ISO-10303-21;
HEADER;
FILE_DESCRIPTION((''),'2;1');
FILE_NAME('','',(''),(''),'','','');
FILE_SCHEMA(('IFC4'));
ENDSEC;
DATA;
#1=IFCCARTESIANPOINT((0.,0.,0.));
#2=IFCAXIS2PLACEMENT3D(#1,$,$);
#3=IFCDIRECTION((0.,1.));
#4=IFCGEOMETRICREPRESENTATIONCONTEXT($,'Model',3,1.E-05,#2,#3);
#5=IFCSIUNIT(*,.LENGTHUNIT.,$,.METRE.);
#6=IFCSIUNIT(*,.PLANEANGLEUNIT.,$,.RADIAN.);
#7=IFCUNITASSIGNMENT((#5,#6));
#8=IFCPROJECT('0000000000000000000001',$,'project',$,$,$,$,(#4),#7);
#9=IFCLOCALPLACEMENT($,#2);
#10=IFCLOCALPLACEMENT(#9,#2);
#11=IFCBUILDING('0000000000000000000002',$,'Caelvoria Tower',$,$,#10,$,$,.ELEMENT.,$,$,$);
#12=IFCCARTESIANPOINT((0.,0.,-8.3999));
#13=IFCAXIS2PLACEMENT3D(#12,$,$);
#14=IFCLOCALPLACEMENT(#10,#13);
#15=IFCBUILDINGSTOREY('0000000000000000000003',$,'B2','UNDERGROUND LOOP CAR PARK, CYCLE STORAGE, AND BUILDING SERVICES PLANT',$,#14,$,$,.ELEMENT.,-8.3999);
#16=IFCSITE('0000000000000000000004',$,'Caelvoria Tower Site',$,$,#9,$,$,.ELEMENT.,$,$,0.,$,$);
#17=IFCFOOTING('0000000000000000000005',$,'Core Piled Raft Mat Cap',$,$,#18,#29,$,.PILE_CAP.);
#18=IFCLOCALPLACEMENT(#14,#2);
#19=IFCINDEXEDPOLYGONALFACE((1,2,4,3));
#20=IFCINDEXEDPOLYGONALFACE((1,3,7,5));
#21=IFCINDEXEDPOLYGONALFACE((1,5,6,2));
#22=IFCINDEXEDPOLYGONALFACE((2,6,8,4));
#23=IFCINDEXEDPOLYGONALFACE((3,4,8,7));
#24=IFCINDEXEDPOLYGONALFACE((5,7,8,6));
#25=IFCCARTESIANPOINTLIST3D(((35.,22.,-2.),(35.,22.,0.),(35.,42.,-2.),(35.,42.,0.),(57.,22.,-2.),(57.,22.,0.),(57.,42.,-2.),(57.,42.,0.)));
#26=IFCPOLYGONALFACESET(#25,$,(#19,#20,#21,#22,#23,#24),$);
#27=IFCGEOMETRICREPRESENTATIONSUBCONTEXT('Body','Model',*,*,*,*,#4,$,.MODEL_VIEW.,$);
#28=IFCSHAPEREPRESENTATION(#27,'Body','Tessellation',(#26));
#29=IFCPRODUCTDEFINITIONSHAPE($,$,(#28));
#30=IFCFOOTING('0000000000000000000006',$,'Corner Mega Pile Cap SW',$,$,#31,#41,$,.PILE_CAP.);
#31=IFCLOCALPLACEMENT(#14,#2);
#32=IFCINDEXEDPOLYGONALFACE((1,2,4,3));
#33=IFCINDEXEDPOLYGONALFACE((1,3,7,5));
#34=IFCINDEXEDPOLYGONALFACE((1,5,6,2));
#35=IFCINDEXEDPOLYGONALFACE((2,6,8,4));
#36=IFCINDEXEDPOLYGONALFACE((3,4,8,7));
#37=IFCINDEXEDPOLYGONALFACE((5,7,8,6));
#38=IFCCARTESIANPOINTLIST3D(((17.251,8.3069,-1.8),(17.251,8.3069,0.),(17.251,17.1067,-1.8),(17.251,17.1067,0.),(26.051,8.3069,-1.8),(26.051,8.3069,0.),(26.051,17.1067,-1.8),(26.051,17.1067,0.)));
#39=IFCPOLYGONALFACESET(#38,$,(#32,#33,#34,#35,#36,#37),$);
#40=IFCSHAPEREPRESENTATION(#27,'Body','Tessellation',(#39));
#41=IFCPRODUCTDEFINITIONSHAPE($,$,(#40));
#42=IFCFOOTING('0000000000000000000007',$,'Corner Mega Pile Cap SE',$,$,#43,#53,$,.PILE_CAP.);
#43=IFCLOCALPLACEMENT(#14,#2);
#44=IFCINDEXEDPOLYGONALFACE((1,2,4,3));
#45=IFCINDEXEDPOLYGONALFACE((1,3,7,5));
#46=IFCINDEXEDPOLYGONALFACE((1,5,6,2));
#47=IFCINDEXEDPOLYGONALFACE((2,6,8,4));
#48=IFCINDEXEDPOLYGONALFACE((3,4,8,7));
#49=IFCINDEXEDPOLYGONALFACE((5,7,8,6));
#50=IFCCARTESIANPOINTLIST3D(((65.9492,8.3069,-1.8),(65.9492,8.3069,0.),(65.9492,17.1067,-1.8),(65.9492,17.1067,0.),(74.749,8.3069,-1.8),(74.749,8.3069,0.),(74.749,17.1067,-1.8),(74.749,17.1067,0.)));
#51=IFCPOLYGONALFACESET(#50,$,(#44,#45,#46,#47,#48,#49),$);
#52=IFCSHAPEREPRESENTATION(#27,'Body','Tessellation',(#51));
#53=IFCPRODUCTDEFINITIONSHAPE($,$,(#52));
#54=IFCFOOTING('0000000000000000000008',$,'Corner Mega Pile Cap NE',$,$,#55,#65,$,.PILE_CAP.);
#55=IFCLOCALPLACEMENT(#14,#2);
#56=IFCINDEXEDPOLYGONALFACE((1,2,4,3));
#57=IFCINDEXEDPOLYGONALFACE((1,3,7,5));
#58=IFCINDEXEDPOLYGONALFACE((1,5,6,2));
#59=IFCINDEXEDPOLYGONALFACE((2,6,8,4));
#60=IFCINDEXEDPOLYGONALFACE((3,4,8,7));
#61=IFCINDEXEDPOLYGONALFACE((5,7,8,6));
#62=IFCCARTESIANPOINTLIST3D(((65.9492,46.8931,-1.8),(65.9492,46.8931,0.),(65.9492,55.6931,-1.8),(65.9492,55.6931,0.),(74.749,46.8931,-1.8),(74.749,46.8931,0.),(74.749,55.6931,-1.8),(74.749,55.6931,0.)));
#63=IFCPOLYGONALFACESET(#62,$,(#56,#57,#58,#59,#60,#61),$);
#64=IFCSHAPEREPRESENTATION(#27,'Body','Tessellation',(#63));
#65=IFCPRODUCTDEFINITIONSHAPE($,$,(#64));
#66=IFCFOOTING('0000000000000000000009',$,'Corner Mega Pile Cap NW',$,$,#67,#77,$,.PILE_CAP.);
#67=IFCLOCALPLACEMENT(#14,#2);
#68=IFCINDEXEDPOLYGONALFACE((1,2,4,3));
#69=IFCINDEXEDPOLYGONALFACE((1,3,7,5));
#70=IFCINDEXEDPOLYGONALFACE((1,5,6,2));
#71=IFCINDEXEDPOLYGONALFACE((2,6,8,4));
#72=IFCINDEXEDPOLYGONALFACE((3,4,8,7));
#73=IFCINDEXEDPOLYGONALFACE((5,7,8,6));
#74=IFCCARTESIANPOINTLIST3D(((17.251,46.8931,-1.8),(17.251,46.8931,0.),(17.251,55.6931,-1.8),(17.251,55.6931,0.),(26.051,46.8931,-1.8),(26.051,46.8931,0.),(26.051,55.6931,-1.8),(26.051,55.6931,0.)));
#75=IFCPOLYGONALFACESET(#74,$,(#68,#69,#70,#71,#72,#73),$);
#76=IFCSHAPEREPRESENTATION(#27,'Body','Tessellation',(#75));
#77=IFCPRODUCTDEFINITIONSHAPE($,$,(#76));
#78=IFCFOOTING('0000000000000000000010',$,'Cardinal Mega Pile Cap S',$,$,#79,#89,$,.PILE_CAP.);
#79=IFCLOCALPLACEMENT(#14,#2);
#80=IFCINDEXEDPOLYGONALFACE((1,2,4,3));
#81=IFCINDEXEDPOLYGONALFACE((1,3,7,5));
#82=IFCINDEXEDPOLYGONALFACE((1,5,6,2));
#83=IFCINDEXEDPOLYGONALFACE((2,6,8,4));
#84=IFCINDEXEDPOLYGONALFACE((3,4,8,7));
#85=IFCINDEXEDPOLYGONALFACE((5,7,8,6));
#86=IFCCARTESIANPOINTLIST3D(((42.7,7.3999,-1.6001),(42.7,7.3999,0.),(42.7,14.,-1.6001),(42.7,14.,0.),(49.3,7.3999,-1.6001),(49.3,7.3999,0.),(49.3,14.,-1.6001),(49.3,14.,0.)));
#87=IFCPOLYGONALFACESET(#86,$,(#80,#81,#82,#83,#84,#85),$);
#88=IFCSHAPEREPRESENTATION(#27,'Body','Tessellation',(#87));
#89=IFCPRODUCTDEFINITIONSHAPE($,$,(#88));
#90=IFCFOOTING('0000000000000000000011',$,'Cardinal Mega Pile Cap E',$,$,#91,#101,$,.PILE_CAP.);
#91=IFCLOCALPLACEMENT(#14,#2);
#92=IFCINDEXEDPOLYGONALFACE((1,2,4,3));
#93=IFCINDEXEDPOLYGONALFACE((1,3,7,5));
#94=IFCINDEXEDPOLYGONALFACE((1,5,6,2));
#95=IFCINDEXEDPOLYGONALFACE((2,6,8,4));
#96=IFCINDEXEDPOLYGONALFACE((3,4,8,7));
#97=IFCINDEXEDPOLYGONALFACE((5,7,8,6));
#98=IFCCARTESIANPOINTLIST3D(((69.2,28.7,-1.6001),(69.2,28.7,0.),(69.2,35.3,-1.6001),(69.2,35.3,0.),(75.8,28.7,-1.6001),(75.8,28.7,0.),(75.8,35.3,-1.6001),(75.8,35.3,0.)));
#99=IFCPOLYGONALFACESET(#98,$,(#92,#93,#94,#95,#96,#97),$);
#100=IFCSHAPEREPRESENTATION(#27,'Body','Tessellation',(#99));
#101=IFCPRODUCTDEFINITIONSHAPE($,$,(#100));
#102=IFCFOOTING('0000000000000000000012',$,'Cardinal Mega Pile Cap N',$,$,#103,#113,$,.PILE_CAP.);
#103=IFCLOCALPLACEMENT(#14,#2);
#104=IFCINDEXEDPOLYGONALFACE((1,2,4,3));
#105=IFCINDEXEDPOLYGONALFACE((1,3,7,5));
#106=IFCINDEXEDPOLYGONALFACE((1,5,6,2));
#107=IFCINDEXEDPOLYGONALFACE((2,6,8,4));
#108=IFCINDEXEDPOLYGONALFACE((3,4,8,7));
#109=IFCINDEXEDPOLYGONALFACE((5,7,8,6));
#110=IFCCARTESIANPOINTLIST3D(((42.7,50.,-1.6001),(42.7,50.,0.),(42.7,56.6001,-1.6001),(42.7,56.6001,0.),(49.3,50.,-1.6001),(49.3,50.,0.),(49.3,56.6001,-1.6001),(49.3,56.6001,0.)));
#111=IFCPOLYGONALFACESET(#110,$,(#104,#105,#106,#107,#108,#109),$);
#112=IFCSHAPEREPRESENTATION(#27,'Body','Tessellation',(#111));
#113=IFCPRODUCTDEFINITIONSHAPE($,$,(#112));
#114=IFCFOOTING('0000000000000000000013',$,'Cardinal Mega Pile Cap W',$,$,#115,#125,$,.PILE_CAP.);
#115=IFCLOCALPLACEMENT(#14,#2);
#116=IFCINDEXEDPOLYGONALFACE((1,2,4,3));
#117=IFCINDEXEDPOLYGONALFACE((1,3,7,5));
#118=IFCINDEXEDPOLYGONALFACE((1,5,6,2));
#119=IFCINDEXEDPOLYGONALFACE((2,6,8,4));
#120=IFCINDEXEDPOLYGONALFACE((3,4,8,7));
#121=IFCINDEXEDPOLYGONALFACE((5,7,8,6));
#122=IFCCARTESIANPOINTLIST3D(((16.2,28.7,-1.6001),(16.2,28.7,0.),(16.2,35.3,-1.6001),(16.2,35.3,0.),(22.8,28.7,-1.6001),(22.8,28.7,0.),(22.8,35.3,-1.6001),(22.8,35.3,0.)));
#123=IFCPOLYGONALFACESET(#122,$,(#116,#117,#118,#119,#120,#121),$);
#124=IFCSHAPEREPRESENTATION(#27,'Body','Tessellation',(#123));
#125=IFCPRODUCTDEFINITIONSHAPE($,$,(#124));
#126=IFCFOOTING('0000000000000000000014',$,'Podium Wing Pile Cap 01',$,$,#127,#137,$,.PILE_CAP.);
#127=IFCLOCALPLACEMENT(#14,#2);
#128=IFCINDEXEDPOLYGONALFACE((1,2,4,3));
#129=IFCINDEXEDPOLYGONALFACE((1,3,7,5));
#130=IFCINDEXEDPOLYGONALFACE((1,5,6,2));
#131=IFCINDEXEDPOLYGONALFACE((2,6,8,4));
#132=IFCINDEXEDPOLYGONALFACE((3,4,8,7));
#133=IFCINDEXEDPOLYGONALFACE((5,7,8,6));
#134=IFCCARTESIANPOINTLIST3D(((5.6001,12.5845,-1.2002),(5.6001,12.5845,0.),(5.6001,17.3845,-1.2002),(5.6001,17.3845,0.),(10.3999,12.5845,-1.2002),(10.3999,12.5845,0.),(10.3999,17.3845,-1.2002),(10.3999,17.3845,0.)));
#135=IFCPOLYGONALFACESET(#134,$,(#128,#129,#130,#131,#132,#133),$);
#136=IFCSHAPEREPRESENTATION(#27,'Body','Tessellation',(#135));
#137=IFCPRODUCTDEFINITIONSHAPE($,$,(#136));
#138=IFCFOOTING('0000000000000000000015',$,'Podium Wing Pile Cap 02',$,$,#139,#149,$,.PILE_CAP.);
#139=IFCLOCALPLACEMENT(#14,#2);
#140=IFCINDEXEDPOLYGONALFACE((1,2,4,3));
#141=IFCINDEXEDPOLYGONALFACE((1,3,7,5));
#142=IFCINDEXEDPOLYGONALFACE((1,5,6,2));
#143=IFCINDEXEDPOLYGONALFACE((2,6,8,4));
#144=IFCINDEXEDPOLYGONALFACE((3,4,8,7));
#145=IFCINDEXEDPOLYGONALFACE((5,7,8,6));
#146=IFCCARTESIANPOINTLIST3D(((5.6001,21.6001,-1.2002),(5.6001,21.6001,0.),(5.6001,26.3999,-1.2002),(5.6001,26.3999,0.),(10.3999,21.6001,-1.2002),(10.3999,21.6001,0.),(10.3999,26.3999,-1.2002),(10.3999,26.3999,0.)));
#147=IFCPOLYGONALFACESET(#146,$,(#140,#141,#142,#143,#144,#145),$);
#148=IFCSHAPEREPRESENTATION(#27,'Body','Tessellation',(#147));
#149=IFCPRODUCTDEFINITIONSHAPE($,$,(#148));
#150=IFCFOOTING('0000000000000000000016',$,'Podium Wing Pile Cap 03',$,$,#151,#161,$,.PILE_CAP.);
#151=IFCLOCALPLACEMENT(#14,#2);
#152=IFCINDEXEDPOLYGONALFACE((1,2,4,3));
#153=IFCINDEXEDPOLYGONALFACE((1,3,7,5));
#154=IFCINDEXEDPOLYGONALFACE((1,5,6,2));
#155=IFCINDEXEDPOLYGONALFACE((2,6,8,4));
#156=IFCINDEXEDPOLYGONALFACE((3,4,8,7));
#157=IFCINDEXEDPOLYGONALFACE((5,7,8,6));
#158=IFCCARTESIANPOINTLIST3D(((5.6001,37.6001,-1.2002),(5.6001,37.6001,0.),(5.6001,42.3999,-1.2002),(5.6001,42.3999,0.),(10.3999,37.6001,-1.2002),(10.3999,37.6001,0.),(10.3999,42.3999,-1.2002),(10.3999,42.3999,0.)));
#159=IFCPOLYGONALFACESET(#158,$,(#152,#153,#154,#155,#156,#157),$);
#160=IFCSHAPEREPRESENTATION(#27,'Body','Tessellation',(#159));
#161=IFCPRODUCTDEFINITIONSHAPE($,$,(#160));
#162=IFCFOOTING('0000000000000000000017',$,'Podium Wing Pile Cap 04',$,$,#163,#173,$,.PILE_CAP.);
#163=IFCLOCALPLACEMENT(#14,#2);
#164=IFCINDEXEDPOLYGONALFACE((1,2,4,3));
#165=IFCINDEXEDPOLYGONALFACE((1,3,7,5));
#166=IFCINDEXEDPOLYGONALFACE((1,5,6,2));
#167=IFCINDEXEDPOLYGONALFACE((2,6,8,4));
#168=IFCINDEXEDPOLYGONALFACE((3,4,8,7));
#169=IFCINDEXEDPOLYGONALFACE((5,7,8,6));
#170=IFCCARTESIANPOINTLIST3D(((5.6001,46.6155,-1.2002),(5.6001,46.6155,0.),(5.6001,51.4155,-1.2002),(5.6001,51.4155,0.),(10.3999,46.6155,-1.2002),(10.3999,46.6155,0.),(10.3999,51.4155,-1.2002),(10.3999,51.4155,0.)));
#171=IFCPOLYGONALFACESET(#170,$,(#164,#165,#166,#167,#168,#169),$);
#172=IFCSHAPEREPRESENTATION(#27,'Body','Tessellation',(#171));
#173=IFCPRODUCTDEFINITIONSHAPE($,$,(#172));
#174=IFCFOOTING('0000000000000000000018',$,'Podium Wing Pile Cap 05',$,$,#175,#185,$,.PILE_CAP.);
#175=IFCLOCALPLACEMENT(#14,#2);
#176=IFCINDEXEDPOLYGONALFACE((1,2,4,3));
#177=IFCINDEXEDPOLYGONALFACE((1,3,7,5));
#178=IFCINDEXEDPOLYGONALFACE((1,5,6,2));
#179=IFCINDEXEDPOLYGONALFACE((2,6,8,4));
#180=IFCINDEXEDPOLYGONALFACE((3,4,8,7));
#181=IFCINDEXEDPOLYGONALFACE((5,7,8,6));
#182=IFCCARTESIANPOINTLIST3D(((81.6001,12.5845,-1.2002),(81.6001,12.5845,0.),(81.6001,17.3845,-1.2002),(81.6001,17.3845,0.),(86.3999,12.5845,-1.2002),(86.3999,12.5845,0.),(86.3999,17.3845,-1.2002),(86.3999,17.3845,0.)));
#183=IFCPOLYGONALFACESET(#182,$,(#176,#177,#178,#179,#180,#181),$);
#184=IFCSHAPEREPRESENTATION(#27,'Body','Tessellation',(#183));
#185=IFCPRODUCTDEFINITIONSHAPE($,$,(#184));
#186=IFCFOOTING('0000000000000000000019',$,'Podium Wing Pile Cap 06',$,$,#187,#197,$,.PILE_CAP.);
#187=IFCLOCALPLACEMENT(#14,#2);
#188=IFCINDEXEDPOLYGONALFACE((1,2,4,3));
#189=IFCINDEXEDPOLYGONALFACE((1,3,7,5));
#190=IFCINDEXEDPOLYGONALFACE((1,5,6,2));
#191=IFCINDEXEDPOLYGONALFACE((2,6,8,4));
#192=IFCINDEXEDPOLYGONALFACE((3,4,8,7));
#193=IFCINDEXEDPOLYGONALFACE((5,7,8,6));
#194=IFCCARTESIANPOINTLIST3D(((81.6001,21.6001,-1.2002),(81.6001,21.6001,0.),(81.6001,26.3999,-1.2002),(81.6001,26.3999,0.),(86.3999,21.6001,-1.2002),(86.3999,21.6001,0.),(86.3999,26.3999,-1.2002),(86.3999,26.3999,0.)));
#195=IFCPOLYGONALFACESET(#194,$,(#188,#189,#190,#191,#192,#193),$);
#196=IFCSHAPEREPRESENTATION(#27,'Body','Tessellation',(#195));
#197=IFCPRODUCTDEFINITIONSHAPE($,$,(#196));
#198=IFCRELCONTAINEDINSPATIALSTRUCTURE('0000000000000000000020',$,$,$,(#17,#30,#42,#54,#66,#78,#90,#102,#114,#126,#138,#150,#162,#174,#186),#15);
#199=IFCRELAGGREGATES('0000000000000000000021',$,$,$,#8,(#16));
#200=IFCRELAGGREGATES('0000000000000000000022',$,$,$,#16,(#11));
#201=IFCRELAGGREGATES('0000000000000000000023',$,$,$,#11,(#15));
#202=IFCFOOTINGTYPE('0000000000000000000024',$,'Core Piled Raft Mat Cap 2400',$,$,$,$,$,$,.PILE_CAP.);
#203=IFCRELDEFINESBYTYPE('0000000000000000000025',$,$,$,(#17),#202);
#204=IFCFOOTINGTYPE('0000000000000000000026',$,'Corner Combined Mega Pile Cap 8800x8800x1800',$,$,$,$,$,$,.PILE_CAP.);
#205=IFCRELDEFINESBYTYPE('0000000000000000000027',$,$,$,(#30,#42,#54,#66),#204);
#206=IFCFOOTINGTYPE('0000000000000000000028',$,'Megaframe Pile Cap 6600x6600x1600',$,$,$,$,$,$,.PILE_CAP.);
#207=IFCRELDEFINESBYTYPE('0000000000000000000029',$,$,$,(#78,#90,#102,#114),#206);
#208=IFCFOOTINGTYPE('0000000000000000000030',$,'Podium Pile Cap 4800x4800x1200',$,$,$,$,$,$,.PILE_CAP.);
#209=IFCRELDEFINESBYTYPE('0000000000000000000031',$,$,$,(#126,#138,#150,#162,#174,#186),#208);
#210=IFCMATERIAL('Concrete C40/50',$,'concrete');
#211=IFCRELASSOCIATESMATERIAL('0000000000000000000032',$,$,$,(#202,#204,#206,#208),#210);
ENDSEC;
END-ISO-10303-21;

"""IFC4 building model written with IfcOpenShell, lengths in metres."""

from ifc_helpers import new_model, si_unit, direction, frame, origin, place, context, subcontext, project, spatial, polyline, outline, extrude, material, type_object, element, save


model = new_model("IFC4")

# Units and contexts
model_context = context("Model", 3, precision=1e-05, world=origin(), true_north=direction((0.0, 1.0)))
body_context = subcontext(model_context, "Body", "Model", "MODEL_VIEW")
ifc_project = project(units=[si_unit("LENGTHUNIT", "METRE"), si_unit("PLANEANGLEUNIT", "RADIAN")], contexts=[model_context])

# Site, building, storey
site_placement = place(None, origin())
site = spatial("IfcSite", under=ifc_project, at=site_placement, Name="Caelvoria Tower Site", CompositionType="ELEMENT", RefElevation=0.0)
building_placement = place(site_placement, origin())
building = spatial("IfcBuilding", under=site, at=building_placement, Name="Caelvoria Tower", CompositionType="ELEMENT")
storey_placement = place(building_placement, frame((0.0, 0.0, -8.3999)))
storey = spatial("IfcBuildingStorey", under=building, at=storey_placement, Name="B2", Description="UNDERGROUND LOOP CAR PARK, CYCLE STORAGE, AND BUILDING SERVICES PLANT", CompositionType="ELEMENT", Elevation=-8.3999)

# Footings
ifc_material = material(Name="Concrete C40/50", Category="concrete")
footing_type_1 = type_object("IfcFootingType", Name="Core Piled Raft Mat Cap 2400", PredefinedType="PILE_CAP", material=ifc_material)
footing_1_placement = place(storey_placement, frame((0.0, 0.0, -2.0)))
element("IfcFooting", 1, at=footing_1_placement, inside=storey, type_object=footing_type_1, Name="Core Piled Raft Mat Cap", PredefinedType="PILE_CAP", context=body_context, shape_type="SweptSolid", body=[
    extrude(outline(polyline([(35.0, 22.0), (57.0, 22.0), (57.0, 42.0), (35.0, 42.0), (35.0, 22.0)])), origin(), (0.0, 0.0, 1.0), 2.0),
])
footing_type_2 = type_object("IfcFootingType", Name="Corner Combined Mega Pile Cap 8800x8800x1800", PredefinedType="PILE_CAP", material=ifc_material)
footing_2_placement = place(storey_placement, frame((0.0, 0.0, -1.8)))
element("IfcFooting", 2, at=footing_2_placement, inside=storey, type_object=footing_type_2, Name="Corner Mega Pile Cap SW", PredefinedType="PILE_CAP", context=body_context, shape_type="SweptSolid", body=[
    extrude(outline(polyline([(17.251, 8.3069), (26.051, 8.3069), (26.051, 17.1067), (17.251, 17.1067), (17.251, 8.3069)])), origin(), (0.0, 0.0, 1.0), 1.8),
])
footing_3_placement = place(storey_placement, frame((0.0, 0.0, -1.8)))
element("IfcFooting", 3, at=footing_3_placement, inside=storey, type_object=footing_type_2, Name="Corner Mega Pile Cap SE", PredefinedType="PILE_CAP", context=body_context, shape_type="SweptSolid", body=[
    extrude(outline(polyline([(65.9492, 8.3069), (74.749, 8.3069), (74.749, 17.1067), (65.9492, 17.1067), (65.9492, 8.3069)])), origin(), (0.0, 0.0, 1.0), 1.8),
])
footing_4_placement = place(storey_placement, frame((0.0, 0.0, -1.8)))
element("IfcFooting", 4, at=footing_4_placement, inside=storey, type_object=footing_type_2, Name="Corner Mega Pile Cap NE", PredefinedType="PILE_CAP", context=body_context, shape_type="SweptSolid", body=[
    extrude(outline(polyline([(65.9492, 46.8931), (74.749, 46.8931), (74.749, 55.6931), (65.9492, 55.6931), (65.9492, 46.8931)])), origin(), (0.0, 0.0, 1.0), 1.8),
])
footing_5_placement = place(storey_placement, frame((0.0, 0.0, -1.8)))
element("IfcFooting", 5, at=footing_5_placement, inside=storey, type_object=footing_type_2, Name="Corner Mega Pile Cap NW", PredefinedType="PILE_CAP", context=body_context, shape_type="SweptSolid", body=[
    extrude(outline(polyline([(17.251, 46.8931), (26.051, 46.8931), (26.051, 55.6931), (17.251, 55.6931), (17.251, 46.8931)])), origin(), (0.0, 0.0, 1.0), 1.8),
])
footing_type_3 = type_object("IfcFootingType", Name="Megaframe Pile Cap 6600x6600x1600", PredefinedType="PILE_CAP", material=ifc_material)
footing_6_placement = place(storey_placement, frame((0.0, 0.0, -1.6001)))
element("IfcFooting", 6, at=footing_6_placement, inside=storey, type_object=footing_type_3, Name="Cardinal Mega Pile Cap S", PredefinedType="PILE_CAP", context=body_context, shape_type="SweptSolid", body=[
    extrude(outline(polyline([(42.7, 7.3999), (49.3, 7.3999), (49.3, 14.0), (42.7, 14.0), (42.7, 7.3999)])), origin(), (0.0, 0.0, 1.0), 1.6001),
])
footing_7_placement = place(storey_placement, frame((0.0, 0.0, -1.6001)))
element("IfcFooting", 7, at=footing_7_placement, inside=storey, type_object=footing_type_3, Name="Cardinal Mega Pile Cap E", PredefinedType="PILE_CAP", context=body_context, shape_type="SweptSolid", body=[
    extrude(outline(polyline([(69.2, 28.7), (75.8, 28.7), (75.8, 35.3), (69.2, 35.3), (69.2, 28.7)])), origin(), (0.0, 0.0, 1.0), 1.6001),
])
footing_8_placement = place(storey_placement, frame((0.0, 0.0, -1.6001)))
element("IfcFooting", 8, at=footing_8_placement, inside=storey, type_object=footing_type_3, Name="Cardinal Mega Pile Cap N", PredefinedType="PILE_CAP", context=body_context, shape_type="SweptSolid", body=[
    extrude(outline(polyline([(42.7, 50.0), (49.3, 50.0), (49.3, 56.6001), (42.7, 56.6001), (42.7, 50.0)])), origin(), (0.0, 0.0, 1.0), 1.6001),
])
footing_9_placement = place(storey_placement, frame((0.0, 0.0, -1.6001)))
element("IfcFooting", 9, at=footing_9_placement, inside=storey, type_object=footing_type_3, Name="Cardinal Mega Pile Cap W", PredefinedType="PILE_CAP", context=body_context, shape_type="SweptSolid", body=[
    extrude(outline(polyline([(16.2, 28.7), (22.8, 28.7), (22.8, 35.3), (16.2, 35.3), (16.2, 28.7)])), origin(), (0.0, 0.0, 1.0), 1.6001),
])
footing_type_4 = type_object("IfcFootingType", Name="Podium Pile Cap 4800x4800x1200", PredefinedType="PILE_CAP", material=ifc_material)
footing_10_placement = place(storey_placement, frame((0.0, 0.0, -1.2002)))
element("IfcFooting", 10, at=footing_10_placement, inside=storey, type_object=footing_type_4, Name="Podium Wing Pile Cap 01", PredefinedType="PILE_CAP", context=body_context, shape_type="SweptSolid", body=[
    extrude(outline(polyline([(5.6001, 12.5845), (10.3999, 12.5845), (10.3999, 17.3845), (5.6001, 17.3845), (5.6001, 12.5845)])), origin(), (0.0, 0.0, 1.0), 1.2002),
])
footing_11_placement = place(storey_placement, frame((0.0, 0.0, -1.2002)))
element("IfcFooting", 11, at=footing_11_placement, inside=storey, type_object=footing_type_4, Name="Podium Wing Pile Cap 02", PredefinedType="PILE_CAP", context=body_context, shape_type="SweptSolid", body=[
    extrude(outline(polyline([(5.6001, 21.6001), (10.3999, 21.6001), (10.3999, 26.3999), (5.6001, 26.3999), (5.6001, 21.6001)])), origin(), (0.0, 0.0, 1.0), 1.2002),
])
footing_12_placement = place(storey_placement, frame((0.0, 0.0, -1.2002)))
element("IfcFooting", 12, at=footing_12_placement, inside=storey, type_object=footing_type_4, Name="Podium Wing Pile Cap 03", PredefinedType="PILE_CAP", context=body_context, shape_type="SweptSolid", body=[
    extrude(outline(polyline([(5.6001, 37.6001), (10.3999, 37.6001), (10.3999, 42.3999), (5.6001, 42.3999), (5.6001, 37.6001)])), origin(), (0.0, 0.0, 1.0), 1.2002),
])
footing_13_placement = place(storey_placement, frame((0.0, 0.0, -1.2002)))
element("IfcFooting", 13, at=footing_13_placement, inside=storey, type_object=footing_type_4, Name="Podium Wing Pile Cap 04", PredefinedType="PILE_CAP", context=body_context, shape_type="SweptSolid", body=[
    extrude(outline(polyline([(5.6001, 46.6155), (10.3999, 46.6155), (10.3999, 51.4155), (5.6001, 51.4155), (5.6001, 46.6155)])), origin(), (0.0, 0.0, 1.0), 1.2002),
])
footing_14_placement = place(storey_placement, frame((0.0, 0.0, -1.2002)))
element("IfcFooting", 14, at=footing_14_placement, inside=storey, type_object=footing_type_4, Name="Podium Wing Pile Cap 05", PredefinedType="PILE_CAP", context=body_context, shape_type="SweptSolid", body=[
    extrude(outline(polyline([(81.6001, 12.5845), (86.3999, 12.5845), (86.3999, 17.3845), (81.6001, 17.3845), (81.6001, 12.5845)])), origin(), (0.0, 0.0, 1.0), 1.2002),
])
footing_15_placement = place(storey_placement, frame((0.0, 0.0, -1.2002)))
element("IfcFooting", 15, at=footing_15_placement, inside=storey, type_object=footing_type_4, Name="Podium Wing Pile Cap 06", PredefinedType="PILE_CAP", context=body_context, shape_type="SweptSolid", body=[
    extrude(outline(polyline([(81.6001, 21.6001), (86.3999, 21.6001), (86.3999, 26.3999), (81.6001, 26.3999), (81.6001, 21.6001)])), origin(), (0.0, 0.0, 1.0), 1.2002),
])

save(model, "model.ifc")
